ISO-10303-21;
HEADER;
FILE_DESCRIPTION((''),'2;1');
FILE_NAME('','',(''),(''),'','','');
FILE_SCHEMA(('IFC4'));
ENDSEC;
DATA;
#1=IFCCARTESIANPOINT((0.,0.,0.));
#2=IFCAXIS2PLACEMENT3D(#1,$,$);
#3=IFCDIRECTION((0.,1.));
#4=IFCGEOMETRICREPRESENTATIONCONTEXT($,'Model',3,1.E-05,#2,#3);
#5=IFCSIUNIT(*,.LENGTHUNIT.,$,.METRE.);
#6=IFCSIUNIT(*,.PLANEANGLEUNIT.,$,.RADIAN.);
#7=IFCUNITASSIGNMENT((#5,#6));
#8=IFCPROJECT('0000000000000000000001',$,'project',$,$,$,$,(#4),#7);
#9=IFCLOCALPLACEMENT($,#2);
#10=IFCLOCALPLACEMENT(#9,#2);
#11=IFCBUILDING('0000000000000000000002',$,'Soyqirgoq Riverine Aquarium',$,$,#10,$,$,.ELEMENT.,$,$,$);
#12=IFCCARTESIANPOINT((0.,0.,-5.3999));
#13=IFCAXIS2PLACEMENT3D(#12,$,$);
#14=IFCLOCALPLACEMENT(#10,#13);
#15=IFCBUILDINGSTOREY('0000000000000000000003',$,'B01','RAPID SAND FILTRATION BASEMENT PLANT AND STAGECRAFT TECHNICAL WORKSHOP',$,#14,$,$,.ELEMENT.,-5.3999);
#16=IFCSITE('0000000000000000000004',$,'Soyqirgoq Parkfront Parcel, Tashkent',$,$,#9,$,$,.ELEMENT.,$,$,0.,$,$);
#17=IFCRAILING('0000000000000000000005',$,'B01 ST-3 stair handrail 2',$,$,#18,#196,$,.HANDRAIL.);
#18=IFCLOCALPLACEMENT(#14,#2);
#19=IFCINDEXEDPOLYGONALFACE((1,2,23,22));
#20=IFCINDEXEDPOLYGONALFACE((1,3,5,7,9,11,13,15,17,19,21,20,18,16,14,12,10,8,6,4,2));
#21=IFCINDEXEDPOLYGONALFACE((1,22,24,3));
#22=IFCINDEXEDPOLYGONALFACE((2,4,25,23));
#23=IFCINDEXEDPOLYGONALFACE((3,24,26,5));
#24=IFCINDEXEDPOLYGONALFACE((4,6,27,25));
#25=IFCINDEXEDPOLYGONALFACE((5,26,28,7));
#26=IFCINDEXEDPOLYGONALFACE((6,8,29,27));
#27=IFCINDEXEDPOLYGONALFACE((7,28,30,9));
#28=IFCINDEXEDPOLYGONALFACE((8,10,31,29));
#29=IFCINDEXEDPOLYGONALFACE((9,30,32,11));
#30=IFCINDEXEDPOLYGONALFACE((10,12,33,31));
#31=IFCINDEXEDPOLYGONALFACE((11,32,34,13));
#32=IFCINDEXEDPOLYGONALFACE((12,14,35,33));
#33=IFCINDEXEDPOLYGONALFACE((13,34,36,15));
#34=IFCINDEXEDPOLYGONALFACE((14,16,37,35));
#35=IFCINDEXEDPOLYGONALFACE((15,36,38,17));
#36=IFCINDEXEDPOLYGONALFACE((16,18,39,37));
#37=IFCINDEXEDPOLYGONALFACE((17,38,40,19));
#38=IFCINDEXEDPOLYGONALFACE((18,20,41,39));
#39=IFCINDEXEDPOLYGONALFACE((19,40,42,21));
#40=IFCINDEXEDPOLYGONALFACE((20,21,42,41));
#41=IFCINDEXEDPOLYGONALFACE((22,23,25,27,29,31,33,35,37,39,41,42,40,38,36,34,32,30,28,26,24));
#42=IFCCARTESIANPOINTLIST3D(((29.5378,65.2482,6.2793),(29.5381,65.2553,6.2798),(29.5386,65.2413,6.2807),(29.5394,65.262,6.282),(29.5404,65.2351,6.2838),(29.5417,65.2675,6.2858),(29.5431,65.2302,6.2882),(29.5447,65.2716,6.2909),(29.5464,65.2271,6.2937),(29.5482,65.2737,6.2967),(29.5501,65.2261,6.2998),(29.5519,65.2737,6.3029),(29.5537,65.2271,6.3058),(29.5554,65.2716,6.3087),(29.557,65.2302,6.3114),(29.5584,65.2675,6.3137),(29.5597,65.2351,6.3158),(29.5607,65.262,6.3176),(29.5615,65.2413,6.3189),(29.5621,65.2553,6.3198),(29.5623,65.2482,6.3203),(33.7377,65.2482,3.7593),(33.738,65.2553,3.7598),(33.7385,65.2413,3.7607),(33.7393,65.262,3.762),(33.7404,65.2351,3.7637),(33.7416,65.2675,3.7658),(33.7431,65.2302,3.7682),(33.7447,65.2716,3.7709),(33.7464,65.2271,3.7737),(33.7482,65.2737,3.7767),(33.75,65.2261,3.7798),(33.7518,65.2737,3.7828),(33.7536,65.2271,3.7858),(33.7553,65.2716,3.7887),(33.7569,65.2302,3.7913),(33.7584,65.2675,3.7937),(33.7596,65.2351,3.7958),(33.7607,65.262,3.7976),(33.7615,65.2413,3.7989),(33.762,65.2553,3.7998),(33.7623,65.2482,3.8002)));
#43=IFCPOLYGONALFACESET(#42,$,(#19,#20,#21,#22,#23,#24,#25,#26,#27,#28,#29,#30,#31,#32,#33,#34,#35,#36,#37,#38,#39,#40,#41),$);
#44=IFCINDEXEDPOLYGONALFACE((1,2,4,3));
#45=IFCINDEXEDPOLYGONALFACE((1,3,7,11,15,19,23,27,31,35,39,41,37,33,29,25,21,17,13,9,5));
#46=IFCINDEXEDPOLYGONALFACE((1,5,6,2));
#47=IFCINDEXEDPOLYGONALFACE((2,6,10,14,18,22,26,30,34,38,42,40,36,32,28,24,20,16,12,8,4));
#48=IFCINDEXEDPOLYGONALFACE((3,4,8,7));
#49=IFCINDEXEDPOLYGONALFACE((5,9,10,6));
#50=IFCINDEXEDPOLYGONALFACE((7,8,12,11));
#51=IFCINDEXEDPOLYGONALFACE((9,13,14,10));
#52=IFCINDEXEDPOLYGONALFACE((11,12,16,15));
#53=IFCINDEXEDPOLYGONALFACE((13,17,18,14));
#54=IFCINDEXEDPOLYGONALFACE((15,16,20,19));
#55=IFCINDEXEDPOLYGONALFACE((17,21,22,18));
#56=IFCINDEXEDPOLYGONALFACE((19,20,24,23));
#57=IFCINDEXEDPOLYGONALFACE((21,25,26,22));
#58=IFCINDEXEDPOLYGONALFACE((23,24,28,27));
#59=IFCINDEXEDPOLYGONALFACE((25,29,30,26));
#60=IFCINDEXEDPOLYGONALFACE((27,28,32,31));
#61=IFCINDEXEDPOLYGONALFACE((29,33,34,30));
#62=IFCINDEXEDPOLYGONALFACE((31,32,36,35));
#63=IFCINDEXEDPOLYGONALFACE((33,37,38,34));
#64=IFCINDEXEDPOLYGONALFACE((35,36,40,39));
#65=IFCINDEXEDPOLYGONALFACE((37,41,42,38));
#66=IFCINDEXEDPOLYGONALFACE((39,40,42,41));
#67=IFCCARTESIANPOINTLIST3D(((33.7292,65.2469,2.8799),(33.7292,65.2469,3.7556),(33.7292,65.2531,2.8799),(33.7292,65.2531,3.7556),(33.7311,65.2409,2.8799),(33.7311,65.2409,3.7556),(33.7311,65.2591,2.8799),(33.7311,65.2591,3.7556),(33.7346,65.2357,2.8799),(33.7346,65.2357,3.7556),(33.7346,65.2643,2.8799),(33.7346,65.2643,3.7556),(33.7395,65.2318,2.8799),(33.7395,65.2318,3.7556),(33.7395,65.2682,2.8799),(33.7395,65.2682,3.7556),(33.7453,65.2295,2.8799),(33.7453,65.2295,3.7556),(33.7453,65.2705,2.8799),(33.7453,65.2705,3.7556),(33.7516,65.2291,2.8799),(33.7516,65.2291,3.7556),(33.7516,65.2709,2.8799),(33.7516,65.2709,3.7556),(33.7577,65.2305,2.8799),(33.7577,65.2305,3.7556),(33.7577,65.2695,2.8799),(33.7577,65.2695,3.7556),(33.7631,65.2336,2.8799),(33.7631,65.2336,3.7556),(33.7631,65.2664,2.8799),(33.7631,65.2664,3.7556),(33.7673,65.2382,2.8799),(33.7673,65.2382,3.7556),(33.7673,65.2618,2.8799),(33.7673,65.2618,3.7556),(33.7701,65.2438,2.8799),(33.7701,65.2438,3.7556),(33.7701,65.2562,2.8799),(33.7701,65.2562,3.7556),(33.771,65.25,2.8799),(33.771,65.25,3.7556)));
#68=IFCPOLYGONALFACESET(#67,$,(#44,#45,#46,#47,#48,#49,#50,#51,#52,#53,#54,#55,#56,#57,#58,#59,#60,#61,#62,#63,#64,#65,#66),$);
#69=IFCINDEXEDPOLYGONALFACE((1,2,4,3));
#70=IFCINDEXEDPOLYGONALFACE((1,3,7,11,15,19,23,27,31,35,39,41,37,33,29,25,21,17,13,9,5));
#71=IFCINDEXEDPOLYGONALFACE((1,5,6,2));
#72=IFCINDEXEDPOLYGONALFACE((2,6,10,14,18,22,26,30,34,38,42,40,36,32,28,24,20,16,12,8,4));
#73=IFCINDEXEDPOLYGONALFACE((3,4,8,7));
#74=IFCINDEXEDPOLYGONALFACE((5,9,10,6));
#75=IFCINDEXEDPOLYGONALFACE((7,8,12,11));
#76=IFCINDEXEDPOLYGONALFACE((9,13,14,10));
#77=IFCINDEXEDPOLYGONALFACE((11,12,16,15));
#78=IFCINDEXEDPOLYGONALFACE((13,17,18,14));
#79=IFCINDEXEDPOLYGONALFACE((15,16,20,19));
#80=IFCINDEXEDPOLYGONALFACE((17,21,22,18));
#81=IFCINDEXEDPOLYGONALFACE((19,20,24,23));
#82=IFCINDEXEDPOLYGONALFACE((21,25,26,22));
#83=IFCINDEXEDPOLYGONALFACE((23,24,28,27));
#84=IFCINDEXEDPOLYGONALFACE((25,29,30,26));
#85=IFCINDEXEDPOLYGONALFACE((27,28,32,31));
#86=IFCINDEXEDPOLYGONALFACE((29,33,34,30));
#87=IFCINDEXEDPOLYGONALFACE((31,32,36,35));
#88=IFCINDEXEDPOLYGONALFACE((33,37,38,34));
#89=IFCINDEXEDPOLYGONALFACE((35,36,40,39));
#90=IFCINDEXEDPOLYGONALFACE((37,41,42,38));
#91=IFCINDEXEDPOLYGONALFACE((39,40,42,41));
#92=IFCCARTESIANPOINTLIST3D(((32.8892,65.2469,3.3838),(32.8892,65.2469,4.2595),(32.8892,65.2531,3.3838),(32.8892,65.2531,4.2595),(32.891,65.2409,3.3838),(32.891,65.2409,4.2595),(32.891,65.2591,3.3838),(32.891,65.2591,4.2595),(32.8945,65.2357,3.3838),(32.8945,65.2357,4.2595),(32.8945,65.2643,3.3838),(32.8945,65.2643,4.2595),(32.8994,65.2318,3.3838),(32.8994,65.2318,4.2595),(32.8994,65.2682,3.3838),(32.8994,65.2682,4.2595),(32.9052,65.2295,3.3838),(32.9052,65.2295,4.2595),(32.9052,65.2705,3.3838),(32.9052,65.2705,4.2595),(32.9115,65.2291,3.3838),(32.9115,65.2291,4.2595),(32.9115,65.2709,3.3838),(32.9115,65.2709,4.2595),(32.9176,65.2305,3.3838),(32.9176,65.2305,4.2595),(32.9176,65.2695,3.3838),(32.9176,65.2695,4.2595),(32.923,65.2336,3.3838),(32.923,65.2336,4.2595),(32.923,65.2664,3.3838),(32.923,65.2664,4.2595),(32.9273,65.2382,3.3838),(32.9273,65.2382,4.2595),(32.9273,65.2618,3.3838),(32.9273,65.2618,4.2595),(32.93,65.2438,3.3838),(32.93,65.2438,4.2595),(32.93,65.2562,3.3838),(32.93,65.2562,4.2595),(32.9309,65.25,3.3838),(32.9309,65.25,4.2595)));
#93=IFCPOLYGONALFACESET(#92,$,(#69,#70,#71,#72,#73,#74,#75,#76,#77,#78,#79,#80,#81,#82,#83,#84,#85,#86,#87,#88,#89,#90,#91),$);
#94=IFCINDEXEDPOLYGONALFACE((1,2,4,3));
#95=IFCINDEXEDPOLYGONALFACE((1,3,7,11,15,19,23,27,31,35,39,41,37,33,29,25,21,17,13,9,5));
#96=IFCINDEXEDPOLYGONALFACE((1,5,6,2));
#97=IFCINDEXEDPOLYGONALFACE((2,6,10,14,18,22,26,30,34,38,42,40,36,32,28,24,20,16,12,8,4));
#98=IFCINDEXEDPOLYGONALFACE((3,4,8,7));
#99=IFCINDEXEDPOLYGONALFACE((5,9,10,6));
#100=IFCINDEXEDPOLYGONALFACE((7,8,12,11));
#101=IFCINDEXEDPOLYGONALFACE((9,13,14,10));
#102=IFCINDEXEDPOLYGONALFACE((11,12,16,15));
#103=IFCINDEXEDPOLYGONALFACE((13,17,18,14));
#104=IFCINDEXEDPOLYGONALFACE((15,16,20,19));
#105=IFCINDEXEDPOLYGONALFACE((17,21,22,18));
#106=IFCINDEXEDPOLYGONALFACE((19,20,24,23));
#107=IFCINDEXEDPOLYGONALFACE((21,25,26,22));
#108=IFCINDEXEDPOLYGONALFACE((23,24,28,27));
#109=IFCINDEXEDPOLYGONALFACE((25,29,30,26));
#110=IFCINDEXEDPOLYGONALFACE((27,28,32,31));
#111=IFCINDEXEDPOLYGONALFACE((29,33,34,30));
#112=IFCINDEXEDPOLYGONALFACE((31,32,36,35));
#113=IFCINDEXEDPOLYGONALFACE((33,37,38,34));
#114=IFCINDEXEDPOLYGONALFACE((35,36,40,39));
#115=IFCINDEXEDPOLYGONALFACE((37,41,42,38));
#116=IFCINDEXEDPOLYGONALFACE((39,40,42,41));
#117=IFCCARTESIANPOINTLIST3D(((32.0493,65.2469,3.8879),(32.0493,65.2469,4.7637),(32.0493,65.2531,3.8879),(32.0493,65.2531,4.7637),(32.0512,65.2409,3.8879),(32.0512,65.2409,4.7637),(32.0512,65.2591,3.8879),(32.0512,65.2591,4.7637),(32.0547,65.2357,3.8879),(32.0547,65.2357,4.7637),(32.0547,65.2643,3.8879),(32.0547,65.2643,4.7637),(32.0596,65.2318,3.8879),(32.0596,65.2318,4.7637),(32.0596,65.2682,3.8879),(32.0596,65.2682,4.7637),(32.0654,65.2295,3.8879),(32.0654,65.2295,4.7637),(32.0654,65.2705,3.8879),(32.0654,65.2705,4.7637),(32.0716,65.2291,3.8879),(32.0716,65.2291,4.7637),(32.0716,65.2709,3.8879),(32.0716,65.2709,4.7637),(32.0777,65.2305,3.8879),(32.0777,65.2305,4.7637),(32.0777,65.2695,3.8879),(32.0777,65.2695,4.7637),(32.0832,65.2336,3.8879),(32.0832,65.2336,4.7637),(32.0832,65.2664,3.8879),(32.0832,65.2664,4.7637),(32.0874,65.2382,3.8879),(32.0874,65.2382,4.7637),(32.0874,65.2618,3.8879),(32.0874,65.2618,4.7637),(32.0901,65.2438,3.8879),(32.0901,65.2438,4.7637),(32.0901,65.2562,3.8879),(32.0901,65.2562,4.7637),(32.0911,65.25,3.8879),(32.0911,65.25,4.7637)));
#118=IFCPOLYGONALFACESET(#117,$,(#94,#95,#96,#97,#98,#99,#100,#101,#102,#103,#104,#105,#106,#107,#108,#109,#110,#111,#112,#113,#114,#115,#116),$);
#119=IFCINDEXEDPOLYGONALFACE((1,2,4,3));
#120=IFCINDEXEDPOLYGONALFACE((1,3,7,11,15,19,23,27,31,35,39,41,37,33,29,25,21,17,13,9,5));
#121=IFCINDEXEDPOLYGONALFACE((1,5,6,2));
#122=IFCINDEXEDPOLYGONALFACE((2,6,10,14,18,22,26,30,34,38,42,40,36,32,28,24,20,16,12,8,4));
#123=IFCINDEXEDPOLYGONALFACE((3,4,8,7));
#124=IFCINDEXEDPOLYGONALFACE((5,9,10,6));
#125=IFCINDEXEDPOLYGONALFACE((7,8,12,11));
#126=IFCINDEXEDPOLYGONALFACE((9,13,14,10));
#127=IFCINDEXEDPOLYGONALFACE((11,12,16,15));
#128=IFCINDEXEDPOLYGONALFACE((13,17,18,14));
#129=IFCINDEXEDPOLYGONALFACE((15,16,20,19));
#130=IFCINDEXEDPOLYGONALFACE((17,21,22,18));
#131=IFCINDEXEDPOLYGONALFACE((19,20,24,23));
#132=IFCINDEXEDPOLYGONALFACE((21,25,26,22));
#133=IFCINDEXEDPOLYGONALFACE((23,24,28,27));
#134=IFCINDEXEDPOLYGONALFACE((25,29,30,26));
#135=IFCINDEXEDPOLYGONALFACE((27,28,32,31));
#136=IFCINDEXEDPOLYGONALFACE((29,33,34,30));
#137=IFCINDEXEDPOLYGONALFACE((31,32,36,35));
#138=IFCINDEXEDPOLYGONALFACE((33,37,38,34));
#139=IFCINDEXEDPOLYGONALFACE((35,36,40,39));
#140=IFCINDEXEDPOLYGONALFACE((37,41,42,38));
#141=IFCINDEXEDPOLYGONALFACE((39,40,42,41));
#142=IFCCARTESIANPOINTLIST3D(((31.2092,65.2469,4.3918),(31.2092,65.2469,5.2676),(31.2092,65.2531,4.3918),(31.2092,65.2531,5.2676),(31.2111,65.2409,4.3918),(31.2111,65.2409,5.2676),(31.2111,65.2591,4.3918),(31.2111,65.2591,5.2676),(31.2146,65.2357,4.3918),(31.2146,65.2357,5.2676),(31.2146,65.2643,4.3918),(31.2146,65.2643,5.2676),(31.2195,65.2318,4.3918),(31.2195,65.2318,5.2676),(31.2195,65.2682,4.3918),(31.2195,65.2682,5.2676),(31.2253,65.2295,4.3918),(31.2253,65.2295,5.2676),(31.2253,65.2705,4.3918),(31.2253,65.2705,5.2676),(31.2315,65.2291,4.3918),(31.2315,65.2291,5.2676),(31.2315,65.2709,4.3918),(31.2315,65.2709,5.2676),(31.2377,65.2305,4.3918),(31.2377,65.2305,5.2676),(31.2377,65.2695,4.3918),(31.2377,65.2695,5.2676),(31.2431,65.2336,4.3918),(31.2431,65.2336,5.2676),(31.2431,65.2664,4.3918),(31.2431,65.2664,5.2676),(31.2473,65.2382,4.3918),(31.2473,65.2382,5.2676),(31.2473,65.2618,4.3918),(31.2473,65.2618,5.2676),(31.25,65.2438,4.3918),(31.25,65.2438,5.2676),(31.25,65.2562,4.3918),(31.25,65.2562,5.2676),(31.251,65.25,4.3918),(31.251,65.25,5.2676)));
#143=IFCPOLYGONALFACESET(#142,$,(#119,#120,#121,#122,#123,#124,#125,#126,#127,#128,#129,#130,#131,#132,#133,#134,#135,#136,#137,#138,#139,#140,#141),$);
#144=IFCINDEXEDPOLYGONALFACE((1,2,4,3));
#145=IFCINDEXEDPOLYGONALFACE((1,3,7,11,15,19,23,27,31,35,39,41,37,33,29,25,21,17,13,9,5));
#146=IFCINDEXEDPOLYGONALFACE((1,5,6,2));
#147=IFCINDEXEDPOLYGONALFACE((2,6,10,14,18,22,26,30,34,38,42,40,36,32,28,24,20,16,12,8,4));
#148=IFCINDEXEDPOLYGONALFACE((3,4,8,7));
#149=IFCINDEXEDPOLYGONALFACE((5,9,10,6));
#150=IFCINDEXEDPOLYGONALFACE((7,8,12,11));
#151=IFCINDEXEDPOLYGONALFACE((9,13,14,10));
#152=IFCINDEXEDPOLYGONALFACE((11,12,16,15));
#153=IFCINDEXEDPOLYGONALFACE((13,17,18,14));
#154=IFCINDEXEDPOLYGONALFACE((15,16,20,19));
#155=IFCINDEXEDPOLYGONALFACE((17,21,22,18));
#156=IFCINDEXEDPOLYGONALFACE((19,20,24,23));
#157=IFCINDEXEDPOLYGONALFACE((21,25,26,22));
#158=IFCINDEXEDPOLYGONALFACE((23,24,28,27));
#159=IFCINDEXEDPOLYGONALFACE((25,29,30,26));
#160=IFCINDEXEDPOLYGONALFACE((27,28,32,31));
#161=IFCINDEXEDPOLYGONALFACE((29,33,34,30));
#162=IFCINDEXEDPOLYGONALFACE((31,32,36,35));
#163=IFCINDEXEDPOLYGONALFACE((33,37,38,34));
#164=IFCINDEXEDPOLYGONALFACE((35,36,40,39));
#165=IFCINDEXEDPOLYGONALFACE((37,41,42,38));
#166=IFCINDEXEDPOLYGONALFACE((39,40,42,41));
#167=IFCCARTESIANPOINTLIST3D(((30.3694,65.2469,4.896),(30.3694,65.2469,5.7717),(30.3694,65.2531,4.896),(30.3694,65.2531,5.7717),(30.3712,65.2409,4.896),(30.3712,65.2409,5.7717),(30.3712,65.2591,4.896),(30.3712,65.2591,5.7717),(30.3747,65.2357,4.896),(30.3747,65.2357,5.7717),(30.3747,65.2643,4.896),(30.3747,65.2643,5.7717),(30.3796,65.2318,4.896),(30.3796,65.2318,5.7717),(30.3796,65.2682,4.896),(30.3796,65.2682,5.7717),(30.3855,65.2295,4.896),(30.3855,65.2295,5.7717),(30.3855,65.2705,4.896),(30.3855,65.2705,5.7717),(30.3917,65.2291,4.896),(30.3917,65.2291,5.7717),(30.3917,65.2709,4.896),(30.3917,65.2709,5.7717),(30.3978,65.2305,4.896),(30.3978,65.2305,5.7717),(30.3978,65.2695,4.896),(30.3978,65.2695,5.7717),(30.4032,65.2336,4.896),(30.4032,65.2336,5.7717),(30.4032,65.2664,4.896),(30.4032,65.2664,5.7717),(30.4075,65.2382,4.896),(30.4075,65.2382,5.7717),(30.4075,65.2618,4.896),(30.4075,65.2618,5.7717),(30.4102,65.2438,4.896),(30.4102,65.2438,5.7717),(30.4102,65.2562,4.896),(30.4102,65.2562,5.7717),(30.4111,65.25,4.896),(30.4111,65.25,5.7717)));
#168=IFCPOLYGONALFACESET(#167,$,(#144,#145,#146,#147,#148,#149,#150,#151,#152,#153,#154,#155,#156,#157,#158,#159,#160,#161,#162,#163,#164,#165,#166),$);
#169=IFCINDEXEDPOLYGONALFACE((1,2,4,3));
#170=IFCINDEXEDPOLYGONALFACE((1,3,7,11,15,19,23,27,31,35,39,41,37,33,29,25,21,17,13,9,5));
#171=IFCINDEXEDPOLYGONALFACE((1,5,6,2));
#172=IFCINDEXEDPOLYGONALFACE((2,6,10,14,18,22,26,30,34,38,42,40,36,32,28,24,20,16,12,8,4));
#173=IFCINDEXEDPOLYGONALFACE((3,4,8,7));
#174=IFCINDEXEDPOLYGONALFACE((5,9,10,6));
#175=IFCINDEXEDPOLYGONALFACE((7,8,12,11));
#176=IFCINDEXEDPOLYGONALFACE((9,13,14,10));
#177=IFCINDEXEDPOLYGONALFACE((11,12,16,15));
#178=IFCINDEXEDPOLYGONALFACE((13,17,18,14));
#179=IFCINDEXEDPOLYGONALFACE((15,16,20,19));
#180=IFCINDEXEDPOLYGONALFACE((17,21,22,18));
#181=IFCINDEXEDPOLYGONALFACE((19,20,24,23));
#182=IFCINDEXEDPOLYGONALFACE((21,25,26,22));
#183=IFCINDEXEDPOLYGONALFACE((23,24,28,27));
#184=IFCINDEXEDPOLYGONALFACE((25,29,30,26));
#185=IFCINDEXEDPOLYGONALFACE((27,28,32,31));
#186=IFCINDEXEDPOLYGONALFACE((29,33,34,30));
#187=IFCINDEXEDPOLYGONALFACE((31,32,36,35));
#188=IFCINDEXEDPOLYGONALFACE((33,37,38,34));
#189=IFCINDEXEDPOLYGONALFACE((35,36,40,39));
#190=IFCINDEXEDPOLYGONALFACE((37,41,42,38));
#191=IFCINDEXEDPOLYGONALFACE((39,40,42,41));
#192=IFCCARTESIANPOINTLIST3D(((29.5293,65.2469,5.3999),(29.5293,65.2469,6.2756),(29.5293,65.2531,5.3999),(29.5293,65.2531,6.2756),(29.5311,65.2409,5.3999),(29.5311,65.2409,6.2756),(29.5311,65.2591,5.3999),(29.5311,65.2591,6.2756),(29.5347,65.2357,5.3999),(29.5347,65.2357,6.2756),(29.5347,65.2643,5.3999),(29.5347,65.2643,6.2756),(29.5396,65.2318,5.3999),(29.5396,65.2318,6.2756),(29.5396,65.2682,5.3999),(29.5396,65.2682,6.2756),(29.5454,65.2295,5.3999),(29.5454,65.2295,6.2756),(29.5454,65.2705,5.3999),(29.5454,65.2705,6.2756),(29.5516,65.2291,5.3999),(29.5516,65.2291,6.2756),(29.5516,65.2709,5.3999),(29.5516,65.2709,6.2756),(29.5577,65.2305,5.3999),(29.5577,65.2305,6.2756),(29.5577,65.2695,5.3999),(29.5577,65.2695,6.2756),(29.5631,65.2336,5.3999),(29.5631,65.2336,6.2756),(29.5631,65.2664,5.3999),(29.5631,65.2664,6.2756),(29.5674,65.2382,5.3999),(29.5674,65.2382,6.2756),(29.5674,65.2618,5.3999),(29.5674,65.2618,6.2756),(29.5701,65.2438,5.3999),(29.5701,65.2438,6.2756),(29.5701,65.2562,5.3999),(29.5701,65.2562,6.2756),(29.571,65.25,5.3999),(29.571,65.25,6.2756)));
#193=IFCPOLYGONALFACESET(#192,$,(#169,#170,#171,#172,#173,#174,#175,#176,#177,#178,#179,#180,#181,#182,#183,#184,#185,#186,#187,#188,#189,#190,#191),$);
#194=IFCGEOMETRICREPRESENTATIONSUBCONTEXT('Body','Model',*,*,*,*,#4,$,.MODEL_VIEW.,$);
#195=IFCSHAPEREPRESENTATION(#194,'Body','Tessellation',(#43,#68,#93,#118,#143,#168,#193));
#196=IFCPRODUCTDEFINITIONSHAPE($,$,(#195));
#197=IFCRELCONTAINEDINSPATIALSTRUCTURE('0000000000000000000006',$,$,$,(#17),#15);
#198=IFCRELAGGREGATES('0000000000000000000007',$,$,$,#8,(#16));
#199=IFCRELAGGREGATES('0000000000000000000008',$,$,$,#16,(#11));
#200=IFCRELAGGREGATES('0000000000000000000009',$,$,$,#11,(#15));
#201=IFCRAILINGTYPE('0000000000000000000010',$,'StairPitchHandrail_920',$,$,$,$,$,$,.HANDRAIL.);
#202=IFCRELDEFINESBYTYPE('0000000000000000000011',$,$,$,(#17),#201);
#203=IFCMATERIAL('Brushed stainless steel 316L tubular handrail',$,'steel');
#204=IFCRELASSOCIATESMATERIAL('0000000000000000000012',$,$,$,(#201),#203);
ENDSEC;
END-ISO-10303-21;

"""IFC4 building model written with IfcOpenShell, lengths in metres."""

from ifc_helpers import new_model, si_unit, direction, frame, origin, origin_2d, place, context, subcontext, project, spatial, circle, extrude, material, type_object, element, save


model = new_model("IFC4")

# Units and contexts
model_context = context("Model", 3, precision=1e-05, world=origin(), true_north=direction((0.0, 1.0)))
body_context = subcontext(model_context, "Body", "Model", "MODEL_VIEW")
ifc_project = project(units=[si_unit("LENGTHUNIT", "METRE"), si_unit("PLANEANGLEUNIT", "RADIAN")], contexts=[model_context])

# Site, building, storey
site_placement = place(None, origin())
site = spatial("IfcSite", under=ifc_project, at=site_placement, Name="Soyqirgoq Parkfront Parcel, Tashkent", CompositionType="ELEMENT", RefElevation=0.0)
building_placement = place(site_placement, origin())
building = spatial("IfcBuilding", under=site, at=building_placement, Name="Soyqirgoq Riverine Aquarium", CompositionType="ELEMENT")
storey_placement = place(building_placement, frame((0.0, 0.0, -5.3999)))
storey = spatial("IfcBuildingStorey", under=building, at=storey_placement, Name="B01", Description="RAPID SAND FILTRATION BASEMENT PLANT AND STAGECRAFT TECHNICAL WORKSHOP", CompositionType="ELEMENT", Elevation=-5.3999)

# Railing
ifc_material_1 = material(Name="Brushed stainless steel 316L tubular handrail", Category="steel")
railing_type_1 = type_object("IfcRailingType", Name="StairPitchHandrail_920", PredefinedType="HANDRAIL", material=ifc_material_1)
railing_1_placement = place(storey_placement, frame((33.75, 65.25, 2.8799)))
element("IfcRailing", 1, at=railing_1_placement, inside=storey, type_object=railing_type_1, Name="B01 ST-3 stair handrail 2", PredefinedType="HANDRAIL", context=body_context, shape_type="SweptSolid", body=[
    extrude(circle(Radius=0.0239, at=origin_2d()), frame((0.0, 0.0, 0.8999), z_axis=(-0.857489, 0.0, 0.514503), x_axis=(0.0, -1.0, 0.0)), (0.0, 0.0, 1.0), 4.8979),
    extrude(circle(Radius=0.021, at=origin_2d()), origin(), (0.0, 0.0, 1.0), 0.8757),
    extrude(circle(Radius=0.021, at=origin_2d()), frame((-0.8401, 0.0, 0.5039)), (0.0, 0.0, 1.0), 0.8757),
    extrude(circle(Radius=0.021, at=origin_2d()), frame((-1.6799, 0.0, 1.0081)), (0.0, 0.0, 1.0), 0.8757),
    extrude(circle(Radius=0.021, at=origin_2d()), frame((-2.52, 0.0, 1.512)), (0.0, 0.0, 1.0), 0.8757),
    extrude(circle(Radius=0.021, at=origin_2d()), frame((-3.3599, 0.0, 2.0161)), (0.0, 0.0, 1.0), 0.8757),
    extrude(circle(Radius=0.021, at=origin_2d()), frame((-4.2, 0.0, 2.52)), (0.0, 0.0, 1.0), 0.8757),
])

save(model, "model.ifc")
